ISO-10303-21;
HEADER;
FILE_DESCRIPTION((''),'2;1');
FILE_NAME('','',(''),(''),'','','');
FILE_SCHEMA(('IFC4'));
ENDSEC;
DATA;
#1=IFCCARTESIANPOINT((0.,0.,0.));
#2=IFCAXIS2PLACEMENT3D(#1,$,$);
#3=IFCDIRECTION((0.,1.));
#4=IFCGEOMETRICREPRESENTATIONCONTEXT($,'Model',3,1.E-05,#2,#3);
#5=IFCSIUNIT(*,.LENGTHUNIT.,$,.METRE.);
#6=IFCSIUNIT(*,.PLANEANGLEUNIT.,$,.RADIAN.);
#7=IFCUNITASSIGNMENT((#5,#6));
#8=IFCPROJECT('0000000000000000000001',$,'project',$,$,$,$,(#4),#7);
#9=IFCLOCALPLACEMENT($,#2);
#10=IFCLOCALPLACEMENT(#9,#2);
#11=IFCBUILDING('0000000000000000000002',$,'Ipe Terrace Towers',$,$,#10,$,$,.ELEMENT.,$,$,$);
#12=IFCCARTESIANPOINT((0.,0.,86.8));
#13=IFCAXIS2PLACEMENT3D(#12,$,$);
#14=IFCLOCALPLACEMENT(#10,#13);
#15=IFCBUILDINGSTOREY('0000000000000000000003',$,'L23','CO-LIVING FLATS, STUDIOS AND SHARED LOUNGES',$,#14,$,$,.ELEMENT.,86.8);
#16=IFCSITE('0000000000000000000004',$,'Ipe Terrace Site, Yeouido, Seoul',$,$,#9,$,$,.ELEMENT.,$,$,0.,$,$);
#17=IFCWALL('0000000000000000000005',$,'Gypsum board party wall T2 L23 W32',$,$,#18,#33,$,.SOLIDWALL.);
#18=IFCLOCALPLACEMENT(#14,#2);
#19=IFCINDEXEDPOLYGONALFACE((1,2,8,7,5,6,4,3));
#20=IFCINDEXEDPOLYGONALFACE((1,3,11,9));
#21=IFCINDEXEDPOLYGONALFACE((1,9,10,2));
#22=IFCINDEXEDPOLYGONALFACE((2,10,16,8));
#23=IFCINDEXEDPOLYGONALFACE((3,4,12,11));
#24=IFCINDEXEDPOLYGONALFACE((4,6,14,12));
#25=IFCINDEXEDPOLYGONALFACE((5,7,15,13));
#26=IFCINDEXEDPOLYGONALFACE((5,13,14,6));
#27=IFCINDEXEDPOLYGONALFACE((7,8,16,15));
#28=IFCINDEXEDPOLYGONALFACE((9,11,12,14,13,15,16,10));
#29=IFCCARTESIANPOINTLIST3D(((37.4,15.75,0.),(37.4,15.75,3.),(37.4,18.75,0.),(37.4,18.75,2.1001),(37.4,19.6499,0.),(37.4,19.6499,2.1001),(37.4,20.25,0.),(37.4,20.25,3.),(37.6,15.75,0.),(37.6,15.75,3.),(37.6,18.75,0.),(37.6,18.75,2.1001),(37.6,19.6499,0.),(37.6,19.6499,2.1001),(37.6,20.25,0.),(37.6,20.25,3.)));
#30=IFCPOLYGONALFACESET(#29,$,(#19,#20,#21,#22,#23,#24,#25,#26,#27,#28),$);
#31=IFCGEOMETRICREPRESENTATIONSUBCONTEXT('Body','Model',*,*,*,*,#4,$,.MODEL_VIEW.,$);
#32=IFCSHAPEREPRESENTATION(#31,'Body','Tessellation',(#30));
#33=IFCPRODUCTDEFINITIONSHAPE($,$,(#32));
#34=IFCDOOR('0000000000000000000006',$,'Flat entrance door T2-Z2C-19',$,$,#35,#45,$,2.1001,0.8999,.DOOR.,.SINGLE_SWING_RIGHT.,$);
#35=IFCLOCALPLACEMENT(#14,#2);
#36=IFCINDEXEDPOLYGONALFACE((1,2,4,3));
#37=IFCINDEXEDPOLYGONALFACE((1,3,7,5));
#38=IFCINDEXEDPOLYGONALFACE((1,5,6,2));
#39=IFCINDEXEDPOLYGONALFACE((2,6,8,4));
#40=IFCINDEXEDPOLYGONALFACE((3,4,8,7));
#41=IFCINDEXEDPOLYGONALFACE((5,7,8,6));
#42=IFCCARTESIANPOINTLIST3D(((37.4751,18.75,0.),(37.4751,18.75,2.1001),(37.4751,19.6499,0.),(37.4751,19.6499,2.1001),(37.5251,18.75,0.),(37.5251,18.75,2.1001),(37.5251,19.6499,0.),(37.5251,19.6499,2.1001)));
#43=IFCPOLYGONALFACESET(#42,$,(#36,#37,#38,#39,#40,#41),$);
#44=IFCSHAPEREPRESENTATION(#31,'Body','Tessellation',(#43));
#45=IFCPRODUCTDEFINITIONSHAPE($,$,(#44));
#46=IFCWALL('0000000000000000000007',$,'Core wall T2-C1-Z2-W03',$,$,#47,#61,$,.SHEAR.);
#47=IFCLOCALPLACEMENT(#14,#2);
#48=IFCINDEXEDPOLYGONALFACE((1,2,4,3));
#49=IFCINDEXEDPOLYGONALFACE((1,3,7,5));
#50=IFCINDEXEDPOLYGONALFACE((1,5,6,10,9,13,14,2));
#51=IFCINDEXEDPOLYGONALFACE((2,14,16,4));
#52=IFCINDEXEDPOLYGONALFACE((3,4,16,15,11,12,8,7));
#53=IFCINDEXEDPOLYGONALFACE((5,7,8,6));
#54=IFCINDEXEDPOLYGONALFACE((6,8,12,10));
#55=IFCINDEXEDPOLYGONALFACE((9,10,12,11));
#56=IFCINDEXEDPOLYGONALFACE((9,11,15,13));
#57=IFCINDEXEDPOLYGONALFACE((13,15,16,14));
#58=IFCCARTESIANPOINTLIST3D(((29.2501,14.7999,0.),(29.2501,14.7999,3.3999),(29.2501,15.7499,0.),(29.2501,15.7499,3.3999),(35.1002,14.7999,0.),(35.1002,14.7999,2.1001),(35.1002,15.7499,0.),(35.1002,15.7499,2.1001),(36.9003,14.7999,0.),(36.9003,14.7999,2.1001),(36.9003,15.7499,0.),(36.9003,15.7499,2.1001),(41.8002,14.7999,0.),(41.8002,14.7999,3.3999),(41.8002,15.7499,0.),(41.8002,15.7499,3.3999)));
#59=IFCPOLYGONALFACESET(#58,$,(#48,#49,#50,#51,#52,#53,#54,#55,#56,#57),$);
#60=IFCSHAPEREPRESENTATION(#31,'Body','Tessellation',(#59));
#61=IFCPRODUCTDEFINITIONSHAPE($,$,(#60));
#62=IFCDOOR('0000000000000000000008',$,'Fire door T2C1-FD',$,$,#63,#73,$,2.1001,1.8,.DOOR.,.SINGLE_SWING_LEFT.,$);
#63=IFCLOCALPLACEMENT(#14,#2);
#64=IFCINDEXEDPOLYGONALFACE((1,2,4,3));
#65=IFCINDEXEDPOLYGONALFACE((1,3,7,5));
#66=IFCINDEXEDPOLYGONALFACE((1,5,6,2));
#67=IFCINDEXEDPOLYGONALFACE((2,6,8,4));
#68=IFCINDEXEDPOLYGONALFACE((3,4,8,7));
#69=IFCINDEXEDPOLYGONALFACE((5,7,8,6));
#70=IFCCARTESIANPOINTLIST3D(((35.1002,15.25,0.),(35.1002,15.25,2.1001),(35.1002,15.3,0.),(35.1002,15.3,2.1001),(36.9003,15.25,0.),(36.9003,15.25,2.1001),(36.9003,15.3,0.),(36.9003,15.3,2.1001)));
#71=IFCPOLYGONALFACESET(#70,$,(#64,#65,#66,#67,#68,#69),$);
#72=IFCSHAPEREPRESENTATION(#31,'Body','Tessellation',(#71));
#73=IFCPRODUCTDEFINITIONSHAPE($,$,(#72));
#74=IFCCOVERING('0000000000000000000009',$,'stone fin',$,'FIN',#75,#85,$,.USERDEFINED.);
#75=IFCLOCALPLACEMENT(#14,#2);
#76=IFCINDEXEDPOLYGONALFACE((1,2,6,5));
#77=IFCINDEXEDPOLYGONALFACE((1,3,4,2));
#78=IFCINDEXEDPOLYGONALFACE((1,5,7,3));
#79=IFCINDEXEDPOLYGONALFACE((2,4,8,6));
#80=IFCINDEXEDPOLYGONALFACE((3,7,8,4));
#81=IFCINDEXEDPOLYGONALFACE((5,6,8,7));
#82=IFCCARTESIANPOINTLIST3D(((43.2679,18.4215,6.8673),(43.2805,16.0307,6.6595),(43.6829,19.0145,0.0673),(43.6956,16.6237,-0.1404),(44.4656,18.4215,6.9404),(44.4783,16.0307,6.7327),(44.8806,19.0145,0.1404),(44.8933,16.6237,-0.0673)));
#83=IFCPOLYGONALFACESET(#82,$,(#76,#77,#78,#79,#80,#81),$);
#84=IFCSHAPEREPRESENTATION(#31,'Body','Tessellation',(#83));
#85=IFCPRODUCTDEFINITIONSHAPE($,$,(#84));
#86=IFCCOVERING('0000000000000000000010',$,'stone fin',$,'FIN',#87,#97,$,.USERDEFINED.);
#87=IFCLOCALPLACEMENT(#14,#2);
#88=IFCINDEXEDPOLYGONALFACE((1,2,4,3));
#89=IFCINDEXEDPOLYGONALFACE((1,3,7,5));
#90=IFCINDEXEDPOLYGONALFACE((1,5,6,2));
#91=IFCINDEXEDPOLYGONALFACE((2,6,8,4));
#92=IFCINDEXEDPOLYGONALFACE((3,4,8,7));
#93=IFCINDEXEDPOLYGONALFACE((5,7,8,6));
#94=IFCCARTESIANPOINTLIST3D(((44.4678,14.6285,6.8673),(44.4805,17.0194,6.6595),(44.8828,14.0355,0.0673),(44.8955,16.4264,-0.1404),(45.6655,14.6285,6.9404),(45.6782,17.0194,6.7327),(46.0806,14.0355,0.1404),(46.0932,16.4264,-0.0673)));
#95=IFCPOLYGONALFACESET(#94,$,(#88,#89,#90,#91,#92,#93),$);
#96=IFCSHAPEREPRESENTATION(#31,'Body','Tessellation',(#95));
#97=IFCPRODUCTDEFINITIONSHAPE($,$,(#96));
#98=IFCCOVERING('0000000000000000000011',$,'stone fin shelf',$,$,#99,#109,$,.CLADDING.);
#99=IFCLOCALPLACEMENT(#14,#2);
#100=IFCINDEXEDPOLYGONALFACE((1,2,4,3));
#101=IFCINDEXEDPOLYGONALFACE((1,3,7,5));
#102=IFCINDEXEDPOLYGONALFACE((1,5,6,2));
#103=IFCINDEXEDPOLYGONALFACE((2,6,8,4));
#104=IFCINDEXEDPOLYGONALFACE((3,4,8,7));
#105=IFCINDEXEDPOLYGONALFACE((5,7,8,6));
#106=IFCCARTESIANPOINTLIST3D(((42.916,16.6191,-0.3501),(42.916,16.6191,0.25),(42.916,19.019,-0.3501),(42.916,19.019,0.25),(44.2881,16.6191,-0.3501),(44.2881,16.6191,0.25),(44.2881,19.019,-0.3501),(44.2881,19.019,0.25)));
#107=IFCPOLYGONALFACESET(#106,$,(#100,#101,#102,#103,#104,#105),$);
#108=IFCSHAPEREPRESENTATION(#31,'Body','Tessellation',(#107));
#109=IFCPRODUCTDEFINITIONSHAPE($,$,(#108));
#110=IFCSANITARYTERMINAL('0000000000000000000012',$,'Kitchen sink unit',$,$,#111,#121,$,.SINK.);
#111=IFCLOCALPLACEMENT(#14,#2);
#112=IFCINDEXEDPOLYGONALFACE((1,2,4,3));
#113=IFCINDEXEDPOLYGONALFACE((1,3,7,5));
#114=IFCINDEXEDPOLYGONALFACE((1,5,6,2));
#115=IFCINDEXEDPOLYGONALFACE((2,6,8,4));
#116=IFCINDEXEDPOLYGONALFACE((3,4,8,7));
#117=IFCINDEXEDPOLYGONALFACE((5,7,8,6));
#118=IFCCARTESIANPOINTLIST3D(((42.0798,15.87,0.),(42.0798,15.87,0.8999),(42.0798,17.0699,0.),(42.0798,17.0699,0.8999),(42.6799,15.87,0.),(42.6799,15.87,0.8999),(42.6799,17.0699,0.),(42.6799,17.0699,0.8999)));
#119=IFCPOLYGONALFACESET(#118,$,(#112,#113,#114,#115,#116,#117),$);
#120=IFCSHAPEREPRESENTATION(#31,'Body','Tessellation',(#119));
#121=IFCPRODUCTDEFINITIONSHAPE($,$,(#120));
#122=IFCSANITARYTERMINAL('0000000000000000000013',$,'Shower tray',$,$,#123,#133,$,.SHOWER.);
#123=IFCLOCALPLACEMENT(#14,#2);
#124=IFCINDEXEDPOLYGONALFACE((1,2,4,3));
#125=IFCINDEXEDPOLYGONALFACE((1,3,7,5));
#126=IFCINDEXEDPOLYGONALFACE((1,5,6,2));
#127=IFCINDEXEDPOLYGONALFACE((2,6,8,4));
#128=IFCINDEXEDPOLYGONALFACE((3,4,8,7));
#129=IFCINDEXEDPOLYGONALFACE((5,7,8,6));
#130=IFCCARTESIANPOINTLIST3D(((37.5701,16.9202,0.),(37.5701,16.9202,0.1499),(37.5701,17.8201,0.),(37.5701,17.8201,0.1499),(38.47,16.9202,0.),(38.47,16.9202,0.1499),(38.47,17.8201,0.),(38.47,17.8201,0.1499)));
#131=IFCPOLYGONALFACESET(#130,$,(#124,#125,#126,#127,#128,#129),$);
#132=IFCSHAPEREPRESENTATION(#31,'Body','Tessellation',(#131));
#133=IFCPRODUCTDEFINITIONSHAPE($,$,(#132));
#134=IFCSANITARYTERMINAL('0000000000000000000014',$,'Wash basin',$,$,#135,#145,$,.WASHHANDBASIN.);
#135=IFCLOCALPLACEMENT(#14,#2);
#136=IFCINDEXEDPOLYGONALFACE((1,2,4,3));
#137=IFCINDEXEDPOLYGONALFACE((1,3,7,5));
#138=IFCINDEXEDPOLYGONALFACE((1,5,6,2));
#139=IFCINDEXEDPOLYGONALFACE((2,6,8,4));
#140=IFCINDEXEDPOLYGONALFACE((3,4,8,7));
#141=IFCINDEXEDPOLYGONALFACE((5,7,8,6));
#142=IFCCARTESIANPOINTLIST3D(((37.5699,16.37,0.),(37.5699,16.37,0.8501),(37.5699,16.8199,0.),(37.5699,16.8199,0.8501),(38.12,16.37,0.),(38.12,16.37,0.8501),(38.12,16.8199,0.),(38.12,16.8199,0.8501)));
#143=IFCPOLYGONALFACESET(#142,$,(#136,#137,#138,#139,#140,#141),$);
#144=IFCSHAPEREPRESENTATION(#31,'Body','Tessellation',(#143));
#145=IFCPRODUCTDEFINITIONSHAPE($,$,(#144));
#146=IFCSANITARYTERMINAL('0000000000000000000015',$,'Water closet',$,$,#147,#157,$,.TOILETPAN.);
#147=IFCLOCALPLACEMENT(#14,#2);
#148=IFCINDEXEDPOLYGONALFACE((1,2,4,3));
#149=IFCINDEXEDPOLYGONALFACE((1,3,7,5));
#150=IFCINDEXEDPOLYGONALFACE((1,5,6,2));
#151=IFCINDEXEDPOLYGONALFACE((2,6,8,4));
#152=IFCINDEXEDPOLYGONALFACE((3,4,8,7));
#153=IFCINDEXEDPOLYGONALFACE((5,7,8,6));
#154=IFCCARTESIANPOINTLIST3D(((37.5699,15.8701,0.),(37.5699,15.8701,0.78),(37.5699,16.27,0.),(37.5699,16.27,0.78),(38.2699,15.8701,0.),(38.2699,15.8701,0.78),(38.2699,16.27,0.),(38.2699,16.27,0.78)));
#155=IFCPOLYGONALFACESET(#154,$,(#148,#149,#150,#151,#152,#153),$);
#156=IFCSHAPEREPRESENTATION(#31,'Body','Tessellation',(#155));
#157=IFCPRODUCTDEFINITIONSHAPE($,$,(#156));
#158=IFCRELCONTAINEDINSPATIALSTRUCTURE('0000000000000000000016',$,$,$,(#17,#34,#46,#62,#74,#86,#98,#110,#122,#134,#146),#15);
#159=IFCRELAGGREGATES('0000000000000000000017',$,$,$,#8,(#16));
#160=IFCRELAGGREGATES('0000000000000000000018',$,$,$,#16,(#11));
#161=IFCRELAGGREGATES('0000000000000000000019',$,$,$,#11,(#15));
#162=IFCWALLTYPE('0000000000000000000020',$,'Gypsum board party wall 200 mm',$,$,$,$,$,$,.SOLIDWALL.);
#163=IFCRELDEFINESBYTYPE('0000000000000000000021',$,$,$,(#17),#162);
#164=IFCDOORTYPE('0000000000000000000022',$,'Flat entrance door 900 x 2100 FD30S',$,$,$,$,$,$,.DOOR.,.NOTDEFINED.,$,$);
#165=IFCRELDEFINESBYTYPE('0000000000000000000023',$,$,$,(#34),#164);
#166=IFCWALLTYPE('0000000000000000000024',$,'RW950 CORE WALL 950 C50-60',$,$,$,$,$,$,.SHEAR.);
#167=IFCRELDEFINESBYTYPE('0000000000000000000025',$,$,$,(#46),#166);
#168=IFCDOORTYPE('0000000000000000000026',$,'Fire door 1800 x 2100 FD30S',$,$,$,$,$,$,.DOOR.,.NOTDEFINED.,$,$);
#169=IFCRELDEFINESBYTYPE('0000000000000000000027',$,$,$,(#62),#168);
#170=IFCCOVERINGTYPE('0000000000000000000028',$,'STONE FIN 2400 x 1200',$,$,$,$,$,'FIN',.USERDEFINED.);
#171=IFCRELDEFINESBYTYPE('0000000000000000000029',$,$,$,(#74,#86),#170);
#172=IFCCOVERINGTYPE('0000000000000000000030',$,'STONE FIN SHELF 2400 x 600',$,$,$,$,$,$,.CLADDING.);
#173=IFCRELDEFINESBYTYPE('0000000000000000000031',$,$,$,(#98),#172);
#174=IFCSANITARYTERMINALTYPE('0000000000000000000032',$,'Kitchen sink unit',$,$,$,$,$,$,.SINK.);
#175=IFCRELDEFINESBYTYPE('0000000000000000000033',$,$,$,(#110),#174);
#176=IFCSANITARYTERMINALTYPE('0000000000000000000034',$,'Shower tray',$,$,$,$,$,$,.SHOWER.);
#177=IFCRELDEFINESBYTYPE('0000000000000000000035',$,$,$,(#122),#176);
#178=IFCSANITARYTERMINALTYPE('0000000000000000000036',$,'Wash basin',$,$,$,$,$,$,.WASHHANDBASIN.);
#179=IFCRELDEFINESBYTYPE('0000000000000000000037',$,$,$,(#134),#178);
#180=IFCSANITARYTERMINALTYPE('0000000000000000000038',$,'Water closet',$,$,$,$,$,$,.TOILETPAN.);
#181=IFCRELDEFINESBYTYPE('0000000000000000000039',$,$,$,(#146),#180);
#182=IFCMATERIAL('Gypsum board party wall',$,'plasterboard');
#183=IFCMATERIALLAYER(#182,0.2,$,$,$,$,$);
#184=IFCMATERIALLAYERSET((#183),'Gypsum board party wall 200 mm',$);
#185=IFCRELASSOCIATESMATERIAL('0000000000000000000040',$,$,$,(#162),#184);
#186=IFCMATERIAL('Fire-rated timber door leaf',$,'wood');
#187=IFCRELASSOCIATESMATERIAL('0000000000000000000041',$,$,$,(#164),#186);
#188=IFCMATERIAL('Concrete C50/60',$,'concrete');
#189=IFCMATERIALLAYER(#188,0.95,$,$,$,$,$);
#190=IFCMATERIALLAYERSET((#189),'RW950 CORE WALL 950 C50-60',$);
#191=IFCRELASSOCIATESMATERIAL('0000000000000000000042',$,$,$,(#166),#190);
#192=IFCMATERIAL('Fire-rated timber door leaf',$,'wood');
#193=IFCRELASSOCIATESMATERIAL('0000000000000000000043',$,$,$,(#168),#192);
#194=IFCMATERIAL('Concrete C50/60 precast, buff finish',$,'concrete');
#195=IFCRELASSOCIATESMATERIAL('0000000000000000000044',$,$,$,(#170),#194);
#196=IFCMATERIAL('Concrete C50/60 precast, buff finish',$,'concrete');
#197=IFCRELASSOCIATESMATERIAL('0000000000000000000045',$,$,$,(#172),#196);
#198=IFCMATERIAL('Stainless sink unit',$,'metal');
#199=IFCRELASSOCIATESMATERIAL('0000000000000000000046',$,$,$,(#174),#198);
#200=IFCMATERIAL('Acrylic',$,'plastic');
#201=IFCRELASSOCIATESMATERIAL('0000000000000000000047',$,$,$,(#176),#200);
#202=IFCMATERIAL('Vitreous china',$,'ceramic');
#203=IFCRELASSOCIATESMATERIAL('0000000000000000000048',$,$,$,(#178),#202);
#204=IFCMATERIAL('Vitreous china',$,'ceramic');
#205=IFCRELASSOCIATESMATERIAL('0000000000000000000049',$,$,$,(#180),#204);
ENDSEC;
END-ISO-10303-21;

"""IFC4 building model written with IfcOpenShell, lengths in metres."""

from ifc_helpers import new_model, si_unit, direction, frame, frame_2d, origin, origin_2d, place, context, subcontext, project, spatial, rectangle, extrude, material, layer, layer_set, material_profile, profile_set, type_object, element, fill, save


model = new_model("IFC4")

# Units and contexts
model_context = context("Model", 3, precision=1e-05, world=origin(), true_north=direction((0.0, 1.0)))
body_context = subcontext(model_context, "Body", "Model", "MODEL_VIEW")
ifc_project = project(units=[si_unit("LENGTHUNIT", "METRE"), si_unit("PLANEANGLEUNIT", "RADIAN")], contexts=[model_context])

# Site, building, storey
site_placement = place(None, origin())
site = spatial("IfcSite", under=ifc_project, at=site_placement, Name="Ipe Terrace Site, Yeouido, Seoul", CompositionType="ELEMENT", RefElevation=0.0)
building_placement = place(site_placement, origin())
building = spatial("IfcBuilding", under=site, at=building_placement, Name="Ipe Terrace Towers", CompositionType="ELEMENT")
storey_placement = place(building_placement, frame((0.0, 0.0, 86.8)))
storey = spatial("IfcBuildingStorey", under=building, at=storey_placement, Name="L23", Description="CO-LIVING FLATS, STUDIOS AND SHARED LOUNGES", CompositionType="ELEMENT", Elevation=86.8)

# Walls, openings, doors
ifc_material_1 = material(Name="Gypsum board party wall", Category="plasterboard")
ifc_layer_1 = layer(ifc_material_1, 0.2)
ifc_layer_set_1 = layer_set([ifc_layer_1], Name="Gypsum board party wall 200 mm")
wall_type_1 = type_object("IfcWallType", Name="Gypsum board party wall 200 mm", PredefinedType="SOLIDWALL", material=ifc_layer_set_1)
wall_1_placement = place(storey_placement, frame((37.5, 15.75, 0.0), z_axis=(0.0, 0.0, 1.0), x_axis=(0.0, 1.0, 0.0)))
wall_1 = element("IfcWall", 1, at=wall_1_placement, inside=storey, type_object=wall_type_1, Name="Gypsum board party wall T2 L23 W32", PredefinedType="SOLIDWALL", context=body_context, shape_type="SweptSolid", body=[
    extrude(rectangle(XDim=4.5, YDim=0.2, at=frame_2d((2.25, 0.0))), origin(), (0.0, 0.0, 1.0), 3.0),
])
opening_1_placement = place(wall_1_placement, frame((3.0, 0.0, 0.0)))
opening_1 = element("IfcOpeningElement", 2, at=opening_1_placement, cuts=wall_1, PredefinedType="OPENING", context=body_context, shape_type="SweptSolid", body=[
    extrude(rectangle(XDim=0.8999, YDim=2.1001, at=frame_2d((0.45, 1.05))), frame((0.0, 0.1099, 0.0), z_axis=(0.0, -1.0, 0.0), x_axis=(1.0, 0.0, 0.0)), (0.0, 0.0, 1.0), 0.22),
])
ifc_material_2 = material(Name="Fire-rated timber door leaf", Category="wood")
door_type_1 = type_object("IfcDoorType", Name="Flat entrance door 900 x 2100 FD30S", OperationType="NOTDEFINED", PredefinedType="DOOR", material=ifc_material_2)
door_1_placement = place(opening_1_placement, origin())
door_1 = element("IfcDoor", 3, at=door_1_placement, inside=storey, type_object=door_type_1, Name="Flat entrance door T2-Z2C-19", OperationType="SINGLE_SWING_RIGHT", OverallHeight=2.1001, OverallWidth=0.8999, PredefinedType="DOOR", context=body_context, shape_type="SweptSolid", body=[
    extrude(rectangle(XDim=0.8999, YDim=2.1001, at=frame_2d((0.45, 1.05))), frame((0.0, 0.0249, 0.0), z_axis=(0.0, -1.0, 0.0), x_axis=(1.0, 0.0, 0.0)), (0.0, 0.0, 1.0), 0.05),
])
fill(opening_1, door_1)
ifc_material_3 = material(Name="Concrete C50/60", Category="concrete")
ifc_layer_2 = layer(ifc_material_3, 0.95)
ifc_layer_set_2 = layer_set([ifc_layer_2], Name="RW950 CORE WALL 950 C50-60")
wall_type_2 = type_object("IfcWallType", Name="RW950 CORE WALL 950 C50-60", PredefinedType="SHEAR", material=ifc_layer_set_2)
wall_2_placement = place(storey_placement, frame((41.8, 15.2749, 0.0), z_axis=(0.0, 0.0, 1.0), x_axis=(-1.0, 0.0, 0.0)))
wall_2 = element("IfcWall", 4, at=wall_2_placement, inside=storey, type_object=wall_type_2, Name="Core wall T2-C1-Z2-W03", PredefinedType="SHEAR", context=body_context, shape_type="SweptSolid", body=[
    extrude(rectangle(XDim=12.55, YDim=0.95, at=frame_2d((6.2749, 0.0))), origin(), (0.0, 0.0, 1.0), 3.3999),
])
opening_2_placement = place(wall_2_placement, frame((4.8999, 0.0, 0.0)))
opening_2 = element("IfcOpeningElement", 5, at=opening_2_placement, cuts=wall_2, PredefinedType="OPENING", context=body_context, shape_type="SweptSolid", body=[
    extrude(rectangle(XDim=1.8, YDim=2.1001, at=frame_2d((0.8999, 1.05))), frame((0.0, 0.4849, 0.0), z_axis=(0.0, -1.0, 0.0), x_axis=(1.0, 0.0, 0.0)), (0.0, 0.0, 1.0), 0.97),
])
ifc_material_4 = material(Name="Fire-rated timber door leaf", Category="wood")
door_type_2 = type_object("IfcDoorType", Name="Fire door 1800 x 2100 FD30S", OperationType="NOTDEFINED", PredefinedType="DOOR", material=ifc_material_4)
door_2_placement = place(opening_2_placement, origin())
door_2 = element("IfcDoor", 6, at=door_2_placement, inside=storey, type_object=door_type_2, Name="Fire door T2C1-FD", OperationType="SINGLE_SWING_LEFT", OverallHeight=2.1001, OverallWidth=1.8, PredefinedType="DOOR", context=body_context, shape_type="SweptSolid", body=[
    extrude(rectangle(XDim=1.8, YDim=2.1001, at=frame_2d((0.8999, 1.05))), frame((0.0, 0.0249, 0.0), z_axis=(0.0, -1.0, 0.0), x_axis=(1.0, 0.0, 0.0)), (0.0, 0.0, 1.0), 0.05),
])
fill(opening_2, door_2)

# Coverings
ifc_material_5 = material(Name="Concrete C50/60 precast, buff finish", Category="concrete")
ifc_material_profile_1 = material_profile(ifc_material_5, rectangle(XDim=2.3999, YDim=1.2, at=origin_2d()), Name="STONE FIN 2400 x 1200")
ifc_profile_set_1 = profile_set([ifc_material_profile_1], Name="Concrete C50/60 precast, buff finish")
covering_type_1 = type_object("IfcCoveringType", Name="STONE FIN 2400 x 1200", ElementType="FIN", PredefinedType="USERDEFINED", material=ifc_profile_set_1)
for number, where, z_axis, x_axis, name in (
    (7, (44.2881, 17.8191, 0.0), (-0.060692, -0.086718, 0.994382), (-0.005283, 0.996233, 0.086557), "stone fin"),
    (8, (45.488, 15.231, 0.0), (-0.060692, 0.086718, 0.994382), (0.005283, 0.996233, -0.086557), "stone fin"),
):
    element("IfcCovering", number, at=place(storey_placement, frame(where, z_axis=z_axis, x_axis=x_axis)), inside=storey, type_object=covering_type_1, Name=name, ObjectType="FIN", PredefinedType="USERDEFINED", context=body_context, shape_type="SweptSolid", body=[
        extrude(rectangle(XDim=2.3999, YDim=1.2, at=origin_2d()), origin(), (0.0, 0.0, 1.0), 6.8384),
    ])
ifc_material_6 = material(Name="Concrete C50/60 precast, buff finish", Category="concrete")
covering_type_2 = type_object("IfcCoveringType", Name="STONE FIN SHELF 2400 x 600", PredefinedType="CLADDING", material=ifc_material_6)
covering_placement = place(storey_placement, frame((43.6021, 17.8191, -0.3501), z_axis=(0.0, 0.0, 1.0), x_axis=(0.0, 1.0, 0.0)))
element("IfcCovering", 9, at=covering_placement, inside=storey, type_object=covering_type_2, Name="stone fin shelf", PredefinedType="CLADDING", context=body_context, shape_type="SweptSolid", body=[
    extrude(rectangle(XDim=2.3999, YDim=1.3721, at=origin_2d()), origin(), (0.0, 0.0, 1.0), 0.6001),
])

# Sanitary terminals
ifc_material_7 = material(Name="Stainless sink unit", Category="metal")
sanitary_terminal_type_1 = type_object("IfcSanitaryTerminalType", Name="Kitchen sink unit", PredefinedType="SINK", material=ifc_material_7)
sanitary_terminal_1_placement = place(storey_placement, frame((42.3799, 16.47, 0.0), z_axis=(0.0, 0.0, 1.0), x_axis=(0.0, -1.0, 0.0)))
element("IfcSanitaryTerminal", 10, at=sanitary_terminal_1_placement, inside=storey, type_object=sanitary_terminal_type_1, Name="Kitchen sink unit", PredefinedType="SINK", context=body_context, shape_type="SweptSolid", body=[
    extrude(rectangle(XDim=1.2, YDim=0.6001, at=origin_2d()), origin(), (0.0, 0.0, 1.0), 0.8999),
])
ifc_material_8 = material(Name="Acrylic", Category="plastic")
sanitary_terminal_type_2 = type_object("IfcSanitaryTerminalType", Name="Shower tray", PredefinedType="SHOWER", material=ifc_material_8)
sanitary_terminal_2_placement = place(storey_placement, frame((38.02, 17.3701, 0.0), z_axis=(0.0, 0.0, 1.0), x_axis=(1.0, 0.0, 0.0)))
element("IfcSanitaryTerminal", 11, at=sanitary_terminal_2_placement, inside=storey, type_object=sanitary_terminal_type_2, Name="Shower tray", PredefinedType="SHOWER", context=body_context, shape_type="SweptSolid", body=[
    extrude(rectangle(XDim=0.8999, YDim=0.8999, at=origin_2d()), origin(), (0.0, 0.0, 1.0), 0.1499),
])
ifc_material_9 = material(Name="Vitreous china", Category="ceramic")
sanitary_terminal_type_3 = type_object("IfcSanitaryTerminalType", Name="Wash basin", PredefinedType="WASHHANDBASIN", material=ifc_material_9)
sanitary_terminal_3_placement = place(storey_placement, frame((37.845, 16.595, 0.0), z_axis=(0.0, 0.0, 1.0), x_axis=(1.0, 0.0, 0.0)))
element("IfcSanitaryTerminal", 12, at=sanitary_terminal_3_placement, inside=storey, type_object=sanitary_terminal_type_3, Name="Wash basin", PredefinedType="WASHHANDBASIN", context=body_context, shape_type="SweptSolid", body=[
    extrude(rectangle(XDim=0.55, YDim=0.45, at=origin_2d()), origin(), (0.0, 0.0, 1.0), 0.8501),
])
ifc_material_10 = material(Name="Vitreous china", Category="ceramic")
sanitary_terminal_type_4 = type_object("IfcSanitaryTerminalType", Name="Water closet", PredefinedType="TOILETPAN", material=ifc_material_10)
sanitary_terminal_4_placement = place(storey_placement, frame((37.9199, 16.0701, 0.0), z_axis=(0.0, 0.0, 1.0), x_axis=(1.0, 0.0, 0.0)))
element("IfcSanitaryTerminal", 13, at=sanitary_terminal_4_placement, inside=storey, type_object=sanitary_terminal_type_4, Name="Water closet", PredefinedType="TOILETPAN", context=body_context, shape_type="SweptSolid", body=[
    extrude(rectangle(XDim=0.7, YDim=0.3999, at=origin_2d()), origin(), (0.0, 0.0, 1.0), 0.78),
])

save(model, "model.ifc")
